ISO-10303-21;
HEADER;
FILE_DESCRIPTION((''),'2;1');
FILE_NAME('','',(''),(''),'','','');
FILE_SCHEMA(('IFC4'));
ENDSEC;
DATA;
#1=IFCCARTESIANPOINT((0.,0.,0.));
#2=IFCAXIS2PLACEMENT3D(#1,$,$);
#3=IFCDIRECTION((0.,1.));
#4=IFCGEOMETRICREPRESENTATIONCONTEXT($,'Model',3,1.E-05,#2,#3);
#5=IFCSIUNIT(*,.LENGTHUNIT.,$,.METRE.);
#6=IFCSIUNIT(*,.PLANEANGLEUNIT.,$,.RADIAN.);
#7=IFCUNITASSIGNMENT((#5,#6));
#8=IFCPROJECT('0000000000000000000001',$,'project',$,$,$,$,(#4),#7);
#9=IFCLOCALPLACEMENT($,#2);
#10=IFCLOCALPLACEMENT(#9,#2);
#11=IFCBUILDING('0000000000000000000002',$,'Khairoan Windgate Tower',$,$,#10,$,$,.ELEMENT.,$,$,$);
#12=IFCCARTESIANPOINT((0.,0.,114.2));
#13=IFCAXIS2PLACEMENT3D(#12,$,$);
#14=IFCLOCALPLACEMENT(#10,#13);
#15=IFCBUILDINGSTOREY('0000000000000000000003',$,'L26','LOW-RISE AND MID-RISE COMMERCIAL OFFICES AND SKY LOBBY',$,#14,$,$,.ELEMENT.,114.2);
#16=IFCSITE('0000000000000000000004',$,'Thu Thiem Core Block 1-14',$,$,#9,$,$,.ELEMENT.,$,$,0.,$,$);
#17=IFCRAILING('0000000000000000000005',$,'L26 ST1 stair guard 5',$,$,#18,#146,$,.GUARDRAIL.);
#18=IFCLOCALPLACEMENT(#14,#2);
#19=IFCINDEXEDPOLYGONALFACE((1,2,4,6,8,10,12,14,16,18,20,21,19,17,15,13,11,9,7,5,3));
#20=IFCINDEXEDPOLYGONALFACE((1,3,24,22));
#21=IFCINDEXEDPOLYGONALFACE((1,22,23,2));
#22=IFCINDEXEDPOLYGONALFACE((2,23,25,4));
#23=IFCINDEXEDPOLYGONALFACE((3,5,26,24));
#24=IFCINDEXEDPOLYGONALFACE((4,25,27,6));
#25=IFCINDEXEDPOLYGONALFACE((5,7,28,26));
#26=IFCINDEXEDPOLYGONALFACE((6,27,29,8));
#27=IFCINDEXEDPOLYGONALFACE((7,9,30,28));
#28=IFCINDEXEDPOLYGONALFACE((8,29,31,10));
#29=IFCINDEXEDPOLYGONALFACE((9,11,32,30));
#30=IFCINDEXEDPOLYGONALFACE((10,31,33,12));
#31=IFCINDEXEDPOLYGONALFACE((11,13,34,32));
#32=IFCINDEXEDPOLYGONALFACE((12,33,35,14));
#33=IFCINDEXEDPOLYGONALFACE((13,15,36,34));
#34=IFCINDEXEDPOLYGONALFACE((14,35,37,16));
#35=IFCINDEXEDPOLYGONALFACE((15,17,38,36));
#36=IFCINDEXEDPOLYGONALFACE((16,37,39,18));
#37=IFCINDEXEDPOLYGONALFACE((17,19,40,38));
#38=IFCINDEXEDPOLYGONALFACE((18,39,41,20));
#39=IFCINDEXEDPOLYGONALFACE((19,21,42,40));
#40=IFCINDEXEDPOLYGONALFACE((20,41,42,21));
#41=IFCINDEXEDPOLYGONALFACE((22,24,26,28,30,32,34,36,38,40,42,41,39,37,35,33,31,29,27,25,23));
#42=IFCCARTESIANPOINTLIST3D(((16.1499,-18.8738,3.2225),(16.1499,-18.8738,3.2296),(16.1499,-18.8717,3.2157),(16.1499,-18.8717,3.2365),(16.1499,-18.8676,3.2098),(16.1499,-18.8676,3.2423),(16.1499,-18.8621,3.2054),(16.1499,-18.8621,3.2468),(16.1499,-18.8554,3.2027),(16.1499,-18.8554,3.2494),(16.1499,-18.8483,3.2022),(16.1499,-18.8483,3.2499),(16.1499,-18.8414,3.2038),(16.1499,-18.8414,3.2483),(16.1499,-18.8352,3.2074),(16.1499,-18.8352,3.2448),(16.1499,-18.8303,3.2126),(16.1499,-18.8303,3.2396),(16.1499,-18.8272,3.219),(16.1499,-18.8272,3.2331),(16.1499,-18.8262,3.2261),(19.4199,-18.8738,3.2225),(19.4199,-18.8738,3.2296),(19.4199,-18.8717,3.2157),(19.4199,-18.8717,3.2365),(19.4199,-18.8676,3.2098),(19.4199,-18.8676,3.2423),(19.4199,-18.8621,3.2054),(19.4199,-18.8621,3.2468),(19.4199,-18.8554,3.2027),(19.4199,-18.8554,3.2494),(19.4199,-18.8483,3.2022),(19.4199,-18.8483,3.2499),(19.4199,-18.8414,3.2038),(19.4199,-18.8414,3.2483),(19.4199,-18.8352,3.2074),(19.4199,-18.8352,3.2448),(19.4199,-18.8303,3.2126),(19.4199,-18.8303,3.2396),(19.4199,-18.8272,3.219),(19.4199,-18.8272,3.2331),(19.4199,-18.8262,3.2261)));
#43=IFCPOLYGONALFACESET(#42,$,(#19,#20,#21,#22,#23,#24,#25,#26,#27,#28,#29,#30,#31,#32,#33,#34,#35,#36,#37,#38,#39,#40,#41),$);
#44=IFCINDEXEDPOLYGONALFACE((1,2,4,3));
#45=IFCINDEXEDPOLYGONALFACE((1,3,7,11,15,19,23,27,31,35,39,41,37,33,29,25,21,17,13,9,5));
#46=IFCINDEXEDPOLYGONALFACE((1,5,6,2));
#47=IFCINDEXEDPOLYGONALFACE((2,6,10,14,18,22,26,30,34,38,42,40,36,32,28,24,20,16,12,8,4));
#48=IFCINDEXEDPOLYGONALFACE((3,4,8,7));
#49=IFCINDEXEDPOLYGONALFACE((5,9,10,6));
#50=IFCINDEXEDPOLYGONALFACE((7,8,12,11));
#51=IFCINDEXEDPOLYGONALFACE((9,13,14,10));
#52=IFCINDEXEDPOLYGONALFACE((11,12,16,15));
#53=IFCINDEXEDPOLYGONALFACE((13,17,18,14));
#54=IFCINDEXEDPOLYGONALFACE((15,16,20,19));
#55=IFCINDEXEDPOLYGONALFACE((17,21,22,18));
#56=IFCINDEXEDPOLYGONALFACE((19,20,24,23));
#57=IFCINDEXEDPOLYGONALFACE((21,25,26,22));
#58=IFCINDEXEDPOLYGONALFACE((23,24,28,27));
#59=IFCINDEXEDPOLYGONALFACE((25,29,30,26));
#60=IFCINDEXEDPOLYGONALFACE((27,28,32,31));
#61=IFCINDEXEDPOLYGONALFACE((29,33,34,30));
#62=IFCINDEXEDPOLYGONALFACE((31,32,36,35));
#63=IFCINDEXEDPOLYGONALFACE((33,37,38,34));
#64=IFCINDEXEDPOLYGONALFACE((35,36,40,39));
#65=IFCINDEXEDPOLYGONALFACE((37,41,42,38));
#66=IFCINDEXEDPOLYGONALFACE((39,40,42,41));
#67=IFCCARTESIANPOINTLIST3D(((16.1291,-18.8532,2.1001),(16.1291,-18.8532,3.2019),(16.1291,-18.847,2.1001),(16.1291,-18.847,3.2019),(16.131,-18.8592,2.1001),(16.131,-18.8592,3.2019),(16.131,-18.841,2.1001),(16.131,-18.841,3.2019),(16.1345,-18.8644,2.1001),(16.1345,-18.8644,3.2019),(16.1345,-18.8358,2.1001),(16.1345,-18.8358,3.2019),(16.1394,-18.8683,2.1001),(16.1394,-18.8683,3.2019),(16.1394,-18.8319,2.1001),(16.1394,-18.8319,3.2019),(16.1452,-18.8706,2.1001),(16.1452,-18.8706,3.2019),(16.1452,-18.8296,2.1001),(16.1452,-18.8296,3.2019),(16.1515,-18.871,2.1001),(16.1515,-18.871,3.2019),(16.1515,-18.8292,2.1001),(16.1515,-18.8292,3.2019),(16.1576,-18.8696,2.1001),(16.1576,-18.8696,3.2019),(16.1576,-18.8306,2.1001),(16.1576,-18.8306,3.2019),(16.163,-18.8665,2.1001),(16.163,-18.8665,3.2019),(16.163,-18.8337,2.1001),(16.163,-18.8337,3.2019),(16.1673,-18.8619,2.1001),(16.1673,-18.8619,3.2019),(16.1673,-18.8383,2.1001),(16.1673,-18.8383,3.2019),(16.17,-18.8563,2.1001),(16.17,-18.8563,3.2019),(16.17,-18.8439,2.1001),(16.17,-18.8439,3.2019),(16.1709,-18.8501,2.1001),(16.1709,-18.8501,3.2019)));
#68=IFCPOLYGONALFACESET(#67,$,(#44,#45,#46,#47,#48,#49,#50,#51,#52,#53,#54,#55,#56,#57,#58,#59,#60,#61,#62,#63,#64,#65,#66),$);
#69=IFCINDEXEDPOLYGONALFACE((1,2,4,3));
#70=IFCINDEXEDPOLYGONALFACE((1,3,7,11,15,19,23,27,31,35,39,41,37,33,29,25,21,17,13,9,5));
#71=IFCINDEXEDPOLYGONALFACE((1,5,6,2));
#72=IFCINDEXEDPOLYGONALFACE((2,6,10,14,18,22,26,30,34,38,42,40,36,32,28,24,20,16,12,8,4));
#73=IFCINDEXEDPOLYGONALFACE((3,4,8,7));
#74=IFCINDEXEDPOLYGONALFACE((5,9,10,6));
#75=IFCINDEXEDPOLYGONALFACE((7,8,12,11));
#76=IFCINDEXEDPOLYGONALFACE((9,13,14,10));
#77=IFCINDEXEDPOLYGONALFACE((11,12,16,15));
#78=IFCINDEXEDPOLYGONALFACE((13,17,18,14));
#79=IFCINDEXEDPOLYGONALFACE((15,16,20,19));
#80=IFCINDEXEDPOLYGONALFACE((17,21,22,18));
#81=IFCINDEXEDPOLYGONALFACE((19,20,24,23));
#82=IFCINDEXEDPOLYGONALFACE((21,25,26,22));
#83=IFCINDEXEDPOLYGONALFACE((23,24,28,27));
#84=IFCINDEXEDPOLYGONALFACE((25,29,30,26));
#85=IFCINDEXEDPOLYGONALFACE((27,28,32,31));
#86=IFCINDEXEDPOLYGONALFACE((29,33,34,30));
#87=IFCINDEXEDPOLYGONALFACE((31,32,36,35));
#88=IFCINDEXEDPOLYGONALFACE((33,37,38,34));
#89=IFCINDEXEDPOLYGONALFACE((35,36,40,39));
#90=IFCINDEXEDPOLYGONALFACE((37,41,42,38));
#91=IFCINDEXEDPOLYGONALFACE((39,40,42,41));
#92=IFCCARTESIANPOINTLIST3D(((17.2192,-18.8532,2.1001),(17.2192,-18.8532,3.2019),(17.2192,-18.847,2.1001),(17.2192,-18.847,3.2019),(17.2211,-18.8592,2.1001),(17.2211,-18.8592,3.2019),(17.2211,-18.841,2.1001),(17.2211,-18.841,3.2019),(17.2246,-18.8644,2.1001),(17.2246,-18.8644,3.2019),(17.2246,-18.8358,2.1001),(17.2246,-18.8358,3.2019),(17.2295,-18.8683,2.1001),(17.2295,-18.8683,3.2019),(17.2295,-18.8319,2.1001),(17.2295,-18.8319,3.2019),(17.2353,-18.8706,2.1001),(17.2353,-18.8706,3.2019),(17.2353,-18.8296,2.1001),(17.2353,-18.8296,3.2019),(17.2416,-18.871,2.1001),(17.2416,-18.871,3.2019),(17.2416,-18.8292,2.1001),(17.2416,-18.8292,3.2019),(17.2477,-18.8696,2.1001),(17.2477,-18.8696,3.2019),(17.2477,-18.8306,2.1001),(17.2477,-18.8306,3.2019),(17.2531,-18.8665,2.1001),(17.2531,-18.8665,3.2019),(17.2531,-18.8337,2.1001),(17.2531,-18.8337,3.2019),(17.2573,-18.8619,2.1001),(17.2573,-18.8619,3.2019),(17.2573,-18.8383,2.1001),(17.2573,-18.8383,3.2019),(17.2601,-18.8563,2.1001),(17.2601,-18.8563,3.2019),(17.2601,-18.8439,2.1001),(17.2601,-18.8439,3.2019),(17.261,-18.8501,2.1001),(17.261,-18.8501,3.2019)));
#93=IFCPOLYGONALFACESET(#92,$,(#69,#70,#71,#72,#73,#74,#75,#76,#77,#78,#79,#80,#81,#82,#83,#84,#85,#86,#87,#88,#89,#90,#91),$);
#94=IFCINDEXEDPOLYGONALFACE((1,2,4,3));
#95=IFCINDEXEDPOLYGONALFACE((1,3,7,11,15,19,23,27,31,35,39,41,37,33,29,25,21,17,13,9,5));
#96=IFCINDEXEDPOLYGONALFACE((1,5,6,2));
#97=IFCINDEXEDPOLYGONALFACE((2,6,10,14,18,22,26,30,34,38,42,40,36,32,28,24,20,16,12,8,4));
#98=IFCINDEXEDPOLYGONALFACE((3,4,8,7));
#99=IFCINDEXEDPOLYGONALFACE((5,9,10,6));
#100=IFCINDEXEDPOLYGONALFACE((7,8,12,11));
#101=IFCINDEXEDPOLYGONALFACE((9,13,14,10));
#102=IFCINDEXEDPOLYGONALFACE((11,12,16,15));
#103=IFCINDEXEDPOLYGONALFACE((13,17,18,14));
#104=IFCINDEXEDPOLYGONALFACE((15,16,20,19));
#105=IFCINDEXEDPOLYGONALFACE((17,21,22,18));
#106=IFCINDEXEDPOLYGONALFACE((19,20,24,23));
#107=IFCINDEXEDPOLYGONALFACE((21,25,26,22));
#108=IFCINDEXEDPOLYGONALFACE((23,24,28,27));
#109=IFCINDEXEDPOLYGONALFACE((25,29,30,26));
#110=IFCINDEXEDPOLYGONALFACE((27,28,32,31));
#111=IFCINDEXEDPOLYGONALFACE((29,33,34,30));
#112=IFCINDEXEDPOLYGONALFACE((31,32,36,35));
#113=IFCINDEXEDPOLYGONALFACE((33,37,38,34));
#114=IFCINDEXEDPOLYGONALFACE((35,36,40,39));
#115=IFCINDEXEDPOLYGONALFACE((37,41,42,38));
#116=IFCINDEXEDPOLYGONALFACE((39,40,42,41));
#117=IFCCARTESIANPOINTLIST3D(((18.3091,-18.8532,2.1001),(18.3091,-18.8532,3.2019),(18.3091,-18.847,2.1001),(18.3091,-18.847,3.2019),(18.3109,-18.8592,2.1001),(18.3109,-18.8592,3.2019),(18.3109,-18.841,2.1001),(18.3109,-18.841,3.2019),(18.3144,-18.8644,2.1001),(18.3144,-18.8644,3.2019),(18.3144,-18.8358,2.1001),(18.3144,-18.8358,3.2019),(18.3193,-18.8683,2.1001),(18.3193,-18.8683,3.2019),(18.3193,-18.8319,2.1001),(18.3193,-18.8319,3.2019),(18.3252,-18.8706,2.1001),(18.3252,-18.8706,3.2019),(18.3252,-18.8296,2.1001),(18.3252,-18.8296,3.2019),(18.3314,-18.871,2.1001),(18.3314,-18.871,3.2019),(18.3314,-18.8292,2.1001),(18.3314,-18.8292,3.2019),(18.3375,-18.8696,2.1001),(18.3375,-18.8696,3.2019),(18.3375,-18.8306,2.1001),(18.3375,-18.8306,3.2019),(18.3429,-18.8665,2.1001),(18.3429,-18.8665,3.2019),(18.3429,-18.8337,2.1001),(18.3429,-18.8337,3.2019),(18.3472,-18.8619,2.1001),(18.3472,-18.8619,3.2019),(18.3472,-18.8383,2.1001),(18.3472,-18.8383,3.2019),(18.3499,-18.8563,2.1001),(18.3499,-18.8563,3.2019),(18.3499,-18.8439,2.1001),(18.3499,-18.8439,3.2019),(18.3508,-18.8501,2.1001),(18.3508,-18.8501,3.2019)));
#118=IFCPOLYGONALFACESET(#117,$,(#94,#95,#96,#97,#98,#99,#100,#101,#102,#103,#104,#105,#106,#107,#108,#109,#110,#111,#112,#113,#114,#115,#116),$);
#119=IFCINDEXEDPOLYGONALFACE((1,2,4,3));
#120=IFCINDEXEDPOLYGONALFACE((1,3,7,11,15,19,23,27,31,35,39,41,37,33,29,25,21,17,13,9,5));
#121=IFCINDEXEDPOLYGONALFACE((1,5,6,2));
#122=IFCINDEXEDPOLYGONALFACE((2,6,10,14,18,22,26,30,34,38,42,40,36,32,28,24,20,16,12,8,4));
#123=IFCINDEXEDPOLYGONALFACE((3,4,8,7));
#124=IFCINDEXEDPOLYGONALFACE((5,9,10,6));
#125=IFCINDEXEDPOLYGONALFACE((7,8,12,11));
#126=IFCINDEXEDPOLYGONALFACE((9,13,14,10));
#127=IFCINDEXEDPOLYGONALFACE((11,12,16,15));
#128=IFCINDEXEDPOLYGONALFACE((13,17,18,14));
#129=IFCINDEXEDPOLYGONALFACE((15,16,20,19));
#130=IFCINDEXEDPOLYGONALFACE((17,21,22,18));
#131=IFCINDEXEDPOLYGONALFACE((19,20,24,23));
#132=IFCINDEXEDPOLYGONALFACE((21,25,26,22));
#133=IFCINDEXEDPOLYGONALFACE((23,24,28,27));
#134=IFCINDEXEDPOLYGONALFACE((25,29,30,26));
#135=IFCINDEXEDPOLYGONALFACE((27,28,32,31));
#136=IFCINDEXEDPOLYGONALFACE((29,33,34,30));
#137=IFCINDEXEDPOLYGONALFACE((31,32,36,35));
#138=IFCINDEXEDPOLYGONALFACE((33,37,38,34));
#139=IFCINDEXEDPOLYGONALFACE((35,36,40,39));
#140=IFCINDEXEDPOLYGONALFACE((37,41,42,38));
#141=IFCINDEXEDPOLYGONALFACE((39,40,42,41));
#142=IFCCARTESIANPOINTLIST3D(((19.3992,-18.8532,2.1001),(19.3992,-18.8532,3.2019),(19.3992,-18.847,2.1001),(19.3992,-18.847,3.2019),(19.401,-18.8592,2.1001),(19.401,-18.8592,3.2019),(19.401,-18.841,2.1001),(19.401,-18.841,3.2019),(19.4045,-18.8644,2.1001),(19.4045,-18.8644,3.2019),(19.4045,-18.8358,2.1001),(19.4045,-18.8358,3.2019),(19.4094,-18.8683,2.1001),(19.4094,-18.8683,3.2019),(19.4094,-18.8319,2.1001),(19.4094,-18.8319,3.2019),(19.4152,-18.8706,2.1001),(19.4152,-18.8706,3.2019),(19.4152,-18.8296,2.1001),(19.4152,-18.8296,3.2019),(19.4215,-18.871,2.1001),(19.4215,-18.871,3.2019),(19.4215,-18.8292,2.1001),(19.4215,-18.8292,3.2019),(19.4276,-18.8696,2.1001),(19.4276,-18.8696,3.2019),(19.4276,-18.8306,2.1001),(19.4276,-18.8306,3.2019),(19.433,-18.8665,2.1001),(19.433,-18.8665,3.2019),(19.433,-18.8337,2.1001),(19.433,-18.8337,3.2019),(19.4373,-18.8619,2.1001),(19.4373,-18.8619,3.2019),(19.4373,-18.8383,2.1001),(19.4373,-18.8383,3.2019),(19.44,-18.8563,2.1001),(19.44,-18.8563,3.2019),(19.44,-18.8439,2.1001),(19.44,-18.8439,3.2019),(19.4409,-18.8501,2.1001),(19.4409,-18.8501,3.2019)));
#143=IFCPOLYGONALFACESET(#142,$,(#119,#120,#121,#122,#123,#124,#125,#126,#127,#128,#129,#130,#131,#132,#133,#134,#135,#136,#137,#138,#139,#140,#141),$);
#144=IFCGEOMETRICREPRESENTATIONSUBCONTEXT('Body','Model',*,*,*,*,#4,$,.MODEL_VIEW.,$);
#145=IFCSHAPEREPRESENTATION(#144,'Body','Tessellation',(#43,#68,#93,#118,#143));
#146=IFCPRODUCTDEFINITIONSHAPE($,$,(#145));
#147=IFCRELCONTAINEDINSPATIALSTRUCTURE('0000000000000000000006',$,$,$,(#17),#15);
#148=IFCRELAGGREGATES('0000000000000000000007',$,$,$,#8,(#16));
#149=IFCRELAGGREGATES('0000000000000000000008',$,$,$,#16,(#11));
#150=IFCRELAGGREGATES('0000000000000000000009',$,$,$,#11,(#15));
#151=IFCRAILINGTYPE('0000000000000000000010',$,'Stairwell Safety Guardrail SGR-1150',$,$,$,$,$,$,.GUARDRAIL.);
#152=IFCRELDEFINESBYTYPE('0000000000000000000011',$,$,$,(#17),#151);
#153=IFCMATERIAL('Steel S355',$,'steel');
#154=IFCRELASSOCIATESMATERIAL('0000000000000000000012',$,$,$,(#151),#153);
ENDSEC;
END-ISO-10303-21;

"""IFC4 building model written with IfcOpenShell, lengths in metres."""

from ifc_helpers import new_model, si_unit, direction, frame, origin, origin_2d, place, context, subcontext, project, spatial, circle, extrude, material, type_object, element, save


model = new_model("IFC4")

# Units and contexts
model_context = context("Model", 3, precision=1e-05, world=origin(), true_north=direction((0.0, 1.0)))
body_context = subcontext(model_context, "Body", "Model", "MODEL_VIEW")
ifc_project = project(units=[si_unit("LENGTHUNIT", "METRE"), si_unit("PLANEANGLEUNIT", "RADIAN")], contexts=[model_context])

# Site, building, storey
site_placement = place(None, origin())
site = spatial("IfcSite", under=ifc_project, at=site_placement, Name="Thu Thiem Core Block 1-14", CompositionType="ELEMENT", RefElevation=0.0)
building_placement = place(site_placement, origin())
building = spatial("IfcBuilding", under=site, at=building_placement, Name="Khairoan Windgate Tower", CompositionType="ELEMENT")
storey_placement = place(building_placement, frame((0.0, 0.0, 114.2)))
storey = spatial("IfcBuildingStorey", under=building, at=storey_placement, Name="L26", Description="LOW-RISE AND MID-RISE COMMERCIAL OFFICES AND SKY LOBBY", CompositionType="ELEMENT", Elevation=114.2)

# Railing
ifc_material_1 = material(Name="Steel S355", Category="steel")
railing_type = type_object("IfcRailingType", Name="Stairwell Safety Guardrail SGR-1150", PredefinedType="GUARDRAIL", material=ifc_material_1)
railing_1_placement = place(storey_placement, frame((16.1499, -18.8501, 2.1001)))
element("IfcRailing", 1, at=railing_1_placement, inside=storey, type_object=railing_type, Name="L26 ST1 stair guard 5", PredefinedType="GUARDRAIL", context=body_context, shape_type="SweptSolid", body=[
    extrude(circle(Radius=0.0239, at=origin_2d()), frame((0.0, 0.0, 1.126), z_axis=(1.0, 0.0, 0.0), x_axis=(0.0, 1.0, 0.0)), (0.0, 0.0, 1.0), 3.27),
    extrude(circle(Radius=0.021, at=origin_2d()), origin(), (0.0, 0.0, 1.0), 1.1018),
    extrude(circle(Radius=0.021, at=origin_2d()), frame((1.0901, 0.0, 0.0)), (0.0, 0.0, 1.0), 1.1018),
    extrude(circle(Radius=0.021, at=origin_2d()), frame((2.1799, 0.0, 0.0)), (0.0, 0.0, 1.0), 1.1018),
    extrude(circle(Radius=0.021, at=origin_2d()), frame((3.27, 0.0, 0.0)), (0.0, 0.0, 1.0), 1.1018),
])

save(model, "model.ifc")
